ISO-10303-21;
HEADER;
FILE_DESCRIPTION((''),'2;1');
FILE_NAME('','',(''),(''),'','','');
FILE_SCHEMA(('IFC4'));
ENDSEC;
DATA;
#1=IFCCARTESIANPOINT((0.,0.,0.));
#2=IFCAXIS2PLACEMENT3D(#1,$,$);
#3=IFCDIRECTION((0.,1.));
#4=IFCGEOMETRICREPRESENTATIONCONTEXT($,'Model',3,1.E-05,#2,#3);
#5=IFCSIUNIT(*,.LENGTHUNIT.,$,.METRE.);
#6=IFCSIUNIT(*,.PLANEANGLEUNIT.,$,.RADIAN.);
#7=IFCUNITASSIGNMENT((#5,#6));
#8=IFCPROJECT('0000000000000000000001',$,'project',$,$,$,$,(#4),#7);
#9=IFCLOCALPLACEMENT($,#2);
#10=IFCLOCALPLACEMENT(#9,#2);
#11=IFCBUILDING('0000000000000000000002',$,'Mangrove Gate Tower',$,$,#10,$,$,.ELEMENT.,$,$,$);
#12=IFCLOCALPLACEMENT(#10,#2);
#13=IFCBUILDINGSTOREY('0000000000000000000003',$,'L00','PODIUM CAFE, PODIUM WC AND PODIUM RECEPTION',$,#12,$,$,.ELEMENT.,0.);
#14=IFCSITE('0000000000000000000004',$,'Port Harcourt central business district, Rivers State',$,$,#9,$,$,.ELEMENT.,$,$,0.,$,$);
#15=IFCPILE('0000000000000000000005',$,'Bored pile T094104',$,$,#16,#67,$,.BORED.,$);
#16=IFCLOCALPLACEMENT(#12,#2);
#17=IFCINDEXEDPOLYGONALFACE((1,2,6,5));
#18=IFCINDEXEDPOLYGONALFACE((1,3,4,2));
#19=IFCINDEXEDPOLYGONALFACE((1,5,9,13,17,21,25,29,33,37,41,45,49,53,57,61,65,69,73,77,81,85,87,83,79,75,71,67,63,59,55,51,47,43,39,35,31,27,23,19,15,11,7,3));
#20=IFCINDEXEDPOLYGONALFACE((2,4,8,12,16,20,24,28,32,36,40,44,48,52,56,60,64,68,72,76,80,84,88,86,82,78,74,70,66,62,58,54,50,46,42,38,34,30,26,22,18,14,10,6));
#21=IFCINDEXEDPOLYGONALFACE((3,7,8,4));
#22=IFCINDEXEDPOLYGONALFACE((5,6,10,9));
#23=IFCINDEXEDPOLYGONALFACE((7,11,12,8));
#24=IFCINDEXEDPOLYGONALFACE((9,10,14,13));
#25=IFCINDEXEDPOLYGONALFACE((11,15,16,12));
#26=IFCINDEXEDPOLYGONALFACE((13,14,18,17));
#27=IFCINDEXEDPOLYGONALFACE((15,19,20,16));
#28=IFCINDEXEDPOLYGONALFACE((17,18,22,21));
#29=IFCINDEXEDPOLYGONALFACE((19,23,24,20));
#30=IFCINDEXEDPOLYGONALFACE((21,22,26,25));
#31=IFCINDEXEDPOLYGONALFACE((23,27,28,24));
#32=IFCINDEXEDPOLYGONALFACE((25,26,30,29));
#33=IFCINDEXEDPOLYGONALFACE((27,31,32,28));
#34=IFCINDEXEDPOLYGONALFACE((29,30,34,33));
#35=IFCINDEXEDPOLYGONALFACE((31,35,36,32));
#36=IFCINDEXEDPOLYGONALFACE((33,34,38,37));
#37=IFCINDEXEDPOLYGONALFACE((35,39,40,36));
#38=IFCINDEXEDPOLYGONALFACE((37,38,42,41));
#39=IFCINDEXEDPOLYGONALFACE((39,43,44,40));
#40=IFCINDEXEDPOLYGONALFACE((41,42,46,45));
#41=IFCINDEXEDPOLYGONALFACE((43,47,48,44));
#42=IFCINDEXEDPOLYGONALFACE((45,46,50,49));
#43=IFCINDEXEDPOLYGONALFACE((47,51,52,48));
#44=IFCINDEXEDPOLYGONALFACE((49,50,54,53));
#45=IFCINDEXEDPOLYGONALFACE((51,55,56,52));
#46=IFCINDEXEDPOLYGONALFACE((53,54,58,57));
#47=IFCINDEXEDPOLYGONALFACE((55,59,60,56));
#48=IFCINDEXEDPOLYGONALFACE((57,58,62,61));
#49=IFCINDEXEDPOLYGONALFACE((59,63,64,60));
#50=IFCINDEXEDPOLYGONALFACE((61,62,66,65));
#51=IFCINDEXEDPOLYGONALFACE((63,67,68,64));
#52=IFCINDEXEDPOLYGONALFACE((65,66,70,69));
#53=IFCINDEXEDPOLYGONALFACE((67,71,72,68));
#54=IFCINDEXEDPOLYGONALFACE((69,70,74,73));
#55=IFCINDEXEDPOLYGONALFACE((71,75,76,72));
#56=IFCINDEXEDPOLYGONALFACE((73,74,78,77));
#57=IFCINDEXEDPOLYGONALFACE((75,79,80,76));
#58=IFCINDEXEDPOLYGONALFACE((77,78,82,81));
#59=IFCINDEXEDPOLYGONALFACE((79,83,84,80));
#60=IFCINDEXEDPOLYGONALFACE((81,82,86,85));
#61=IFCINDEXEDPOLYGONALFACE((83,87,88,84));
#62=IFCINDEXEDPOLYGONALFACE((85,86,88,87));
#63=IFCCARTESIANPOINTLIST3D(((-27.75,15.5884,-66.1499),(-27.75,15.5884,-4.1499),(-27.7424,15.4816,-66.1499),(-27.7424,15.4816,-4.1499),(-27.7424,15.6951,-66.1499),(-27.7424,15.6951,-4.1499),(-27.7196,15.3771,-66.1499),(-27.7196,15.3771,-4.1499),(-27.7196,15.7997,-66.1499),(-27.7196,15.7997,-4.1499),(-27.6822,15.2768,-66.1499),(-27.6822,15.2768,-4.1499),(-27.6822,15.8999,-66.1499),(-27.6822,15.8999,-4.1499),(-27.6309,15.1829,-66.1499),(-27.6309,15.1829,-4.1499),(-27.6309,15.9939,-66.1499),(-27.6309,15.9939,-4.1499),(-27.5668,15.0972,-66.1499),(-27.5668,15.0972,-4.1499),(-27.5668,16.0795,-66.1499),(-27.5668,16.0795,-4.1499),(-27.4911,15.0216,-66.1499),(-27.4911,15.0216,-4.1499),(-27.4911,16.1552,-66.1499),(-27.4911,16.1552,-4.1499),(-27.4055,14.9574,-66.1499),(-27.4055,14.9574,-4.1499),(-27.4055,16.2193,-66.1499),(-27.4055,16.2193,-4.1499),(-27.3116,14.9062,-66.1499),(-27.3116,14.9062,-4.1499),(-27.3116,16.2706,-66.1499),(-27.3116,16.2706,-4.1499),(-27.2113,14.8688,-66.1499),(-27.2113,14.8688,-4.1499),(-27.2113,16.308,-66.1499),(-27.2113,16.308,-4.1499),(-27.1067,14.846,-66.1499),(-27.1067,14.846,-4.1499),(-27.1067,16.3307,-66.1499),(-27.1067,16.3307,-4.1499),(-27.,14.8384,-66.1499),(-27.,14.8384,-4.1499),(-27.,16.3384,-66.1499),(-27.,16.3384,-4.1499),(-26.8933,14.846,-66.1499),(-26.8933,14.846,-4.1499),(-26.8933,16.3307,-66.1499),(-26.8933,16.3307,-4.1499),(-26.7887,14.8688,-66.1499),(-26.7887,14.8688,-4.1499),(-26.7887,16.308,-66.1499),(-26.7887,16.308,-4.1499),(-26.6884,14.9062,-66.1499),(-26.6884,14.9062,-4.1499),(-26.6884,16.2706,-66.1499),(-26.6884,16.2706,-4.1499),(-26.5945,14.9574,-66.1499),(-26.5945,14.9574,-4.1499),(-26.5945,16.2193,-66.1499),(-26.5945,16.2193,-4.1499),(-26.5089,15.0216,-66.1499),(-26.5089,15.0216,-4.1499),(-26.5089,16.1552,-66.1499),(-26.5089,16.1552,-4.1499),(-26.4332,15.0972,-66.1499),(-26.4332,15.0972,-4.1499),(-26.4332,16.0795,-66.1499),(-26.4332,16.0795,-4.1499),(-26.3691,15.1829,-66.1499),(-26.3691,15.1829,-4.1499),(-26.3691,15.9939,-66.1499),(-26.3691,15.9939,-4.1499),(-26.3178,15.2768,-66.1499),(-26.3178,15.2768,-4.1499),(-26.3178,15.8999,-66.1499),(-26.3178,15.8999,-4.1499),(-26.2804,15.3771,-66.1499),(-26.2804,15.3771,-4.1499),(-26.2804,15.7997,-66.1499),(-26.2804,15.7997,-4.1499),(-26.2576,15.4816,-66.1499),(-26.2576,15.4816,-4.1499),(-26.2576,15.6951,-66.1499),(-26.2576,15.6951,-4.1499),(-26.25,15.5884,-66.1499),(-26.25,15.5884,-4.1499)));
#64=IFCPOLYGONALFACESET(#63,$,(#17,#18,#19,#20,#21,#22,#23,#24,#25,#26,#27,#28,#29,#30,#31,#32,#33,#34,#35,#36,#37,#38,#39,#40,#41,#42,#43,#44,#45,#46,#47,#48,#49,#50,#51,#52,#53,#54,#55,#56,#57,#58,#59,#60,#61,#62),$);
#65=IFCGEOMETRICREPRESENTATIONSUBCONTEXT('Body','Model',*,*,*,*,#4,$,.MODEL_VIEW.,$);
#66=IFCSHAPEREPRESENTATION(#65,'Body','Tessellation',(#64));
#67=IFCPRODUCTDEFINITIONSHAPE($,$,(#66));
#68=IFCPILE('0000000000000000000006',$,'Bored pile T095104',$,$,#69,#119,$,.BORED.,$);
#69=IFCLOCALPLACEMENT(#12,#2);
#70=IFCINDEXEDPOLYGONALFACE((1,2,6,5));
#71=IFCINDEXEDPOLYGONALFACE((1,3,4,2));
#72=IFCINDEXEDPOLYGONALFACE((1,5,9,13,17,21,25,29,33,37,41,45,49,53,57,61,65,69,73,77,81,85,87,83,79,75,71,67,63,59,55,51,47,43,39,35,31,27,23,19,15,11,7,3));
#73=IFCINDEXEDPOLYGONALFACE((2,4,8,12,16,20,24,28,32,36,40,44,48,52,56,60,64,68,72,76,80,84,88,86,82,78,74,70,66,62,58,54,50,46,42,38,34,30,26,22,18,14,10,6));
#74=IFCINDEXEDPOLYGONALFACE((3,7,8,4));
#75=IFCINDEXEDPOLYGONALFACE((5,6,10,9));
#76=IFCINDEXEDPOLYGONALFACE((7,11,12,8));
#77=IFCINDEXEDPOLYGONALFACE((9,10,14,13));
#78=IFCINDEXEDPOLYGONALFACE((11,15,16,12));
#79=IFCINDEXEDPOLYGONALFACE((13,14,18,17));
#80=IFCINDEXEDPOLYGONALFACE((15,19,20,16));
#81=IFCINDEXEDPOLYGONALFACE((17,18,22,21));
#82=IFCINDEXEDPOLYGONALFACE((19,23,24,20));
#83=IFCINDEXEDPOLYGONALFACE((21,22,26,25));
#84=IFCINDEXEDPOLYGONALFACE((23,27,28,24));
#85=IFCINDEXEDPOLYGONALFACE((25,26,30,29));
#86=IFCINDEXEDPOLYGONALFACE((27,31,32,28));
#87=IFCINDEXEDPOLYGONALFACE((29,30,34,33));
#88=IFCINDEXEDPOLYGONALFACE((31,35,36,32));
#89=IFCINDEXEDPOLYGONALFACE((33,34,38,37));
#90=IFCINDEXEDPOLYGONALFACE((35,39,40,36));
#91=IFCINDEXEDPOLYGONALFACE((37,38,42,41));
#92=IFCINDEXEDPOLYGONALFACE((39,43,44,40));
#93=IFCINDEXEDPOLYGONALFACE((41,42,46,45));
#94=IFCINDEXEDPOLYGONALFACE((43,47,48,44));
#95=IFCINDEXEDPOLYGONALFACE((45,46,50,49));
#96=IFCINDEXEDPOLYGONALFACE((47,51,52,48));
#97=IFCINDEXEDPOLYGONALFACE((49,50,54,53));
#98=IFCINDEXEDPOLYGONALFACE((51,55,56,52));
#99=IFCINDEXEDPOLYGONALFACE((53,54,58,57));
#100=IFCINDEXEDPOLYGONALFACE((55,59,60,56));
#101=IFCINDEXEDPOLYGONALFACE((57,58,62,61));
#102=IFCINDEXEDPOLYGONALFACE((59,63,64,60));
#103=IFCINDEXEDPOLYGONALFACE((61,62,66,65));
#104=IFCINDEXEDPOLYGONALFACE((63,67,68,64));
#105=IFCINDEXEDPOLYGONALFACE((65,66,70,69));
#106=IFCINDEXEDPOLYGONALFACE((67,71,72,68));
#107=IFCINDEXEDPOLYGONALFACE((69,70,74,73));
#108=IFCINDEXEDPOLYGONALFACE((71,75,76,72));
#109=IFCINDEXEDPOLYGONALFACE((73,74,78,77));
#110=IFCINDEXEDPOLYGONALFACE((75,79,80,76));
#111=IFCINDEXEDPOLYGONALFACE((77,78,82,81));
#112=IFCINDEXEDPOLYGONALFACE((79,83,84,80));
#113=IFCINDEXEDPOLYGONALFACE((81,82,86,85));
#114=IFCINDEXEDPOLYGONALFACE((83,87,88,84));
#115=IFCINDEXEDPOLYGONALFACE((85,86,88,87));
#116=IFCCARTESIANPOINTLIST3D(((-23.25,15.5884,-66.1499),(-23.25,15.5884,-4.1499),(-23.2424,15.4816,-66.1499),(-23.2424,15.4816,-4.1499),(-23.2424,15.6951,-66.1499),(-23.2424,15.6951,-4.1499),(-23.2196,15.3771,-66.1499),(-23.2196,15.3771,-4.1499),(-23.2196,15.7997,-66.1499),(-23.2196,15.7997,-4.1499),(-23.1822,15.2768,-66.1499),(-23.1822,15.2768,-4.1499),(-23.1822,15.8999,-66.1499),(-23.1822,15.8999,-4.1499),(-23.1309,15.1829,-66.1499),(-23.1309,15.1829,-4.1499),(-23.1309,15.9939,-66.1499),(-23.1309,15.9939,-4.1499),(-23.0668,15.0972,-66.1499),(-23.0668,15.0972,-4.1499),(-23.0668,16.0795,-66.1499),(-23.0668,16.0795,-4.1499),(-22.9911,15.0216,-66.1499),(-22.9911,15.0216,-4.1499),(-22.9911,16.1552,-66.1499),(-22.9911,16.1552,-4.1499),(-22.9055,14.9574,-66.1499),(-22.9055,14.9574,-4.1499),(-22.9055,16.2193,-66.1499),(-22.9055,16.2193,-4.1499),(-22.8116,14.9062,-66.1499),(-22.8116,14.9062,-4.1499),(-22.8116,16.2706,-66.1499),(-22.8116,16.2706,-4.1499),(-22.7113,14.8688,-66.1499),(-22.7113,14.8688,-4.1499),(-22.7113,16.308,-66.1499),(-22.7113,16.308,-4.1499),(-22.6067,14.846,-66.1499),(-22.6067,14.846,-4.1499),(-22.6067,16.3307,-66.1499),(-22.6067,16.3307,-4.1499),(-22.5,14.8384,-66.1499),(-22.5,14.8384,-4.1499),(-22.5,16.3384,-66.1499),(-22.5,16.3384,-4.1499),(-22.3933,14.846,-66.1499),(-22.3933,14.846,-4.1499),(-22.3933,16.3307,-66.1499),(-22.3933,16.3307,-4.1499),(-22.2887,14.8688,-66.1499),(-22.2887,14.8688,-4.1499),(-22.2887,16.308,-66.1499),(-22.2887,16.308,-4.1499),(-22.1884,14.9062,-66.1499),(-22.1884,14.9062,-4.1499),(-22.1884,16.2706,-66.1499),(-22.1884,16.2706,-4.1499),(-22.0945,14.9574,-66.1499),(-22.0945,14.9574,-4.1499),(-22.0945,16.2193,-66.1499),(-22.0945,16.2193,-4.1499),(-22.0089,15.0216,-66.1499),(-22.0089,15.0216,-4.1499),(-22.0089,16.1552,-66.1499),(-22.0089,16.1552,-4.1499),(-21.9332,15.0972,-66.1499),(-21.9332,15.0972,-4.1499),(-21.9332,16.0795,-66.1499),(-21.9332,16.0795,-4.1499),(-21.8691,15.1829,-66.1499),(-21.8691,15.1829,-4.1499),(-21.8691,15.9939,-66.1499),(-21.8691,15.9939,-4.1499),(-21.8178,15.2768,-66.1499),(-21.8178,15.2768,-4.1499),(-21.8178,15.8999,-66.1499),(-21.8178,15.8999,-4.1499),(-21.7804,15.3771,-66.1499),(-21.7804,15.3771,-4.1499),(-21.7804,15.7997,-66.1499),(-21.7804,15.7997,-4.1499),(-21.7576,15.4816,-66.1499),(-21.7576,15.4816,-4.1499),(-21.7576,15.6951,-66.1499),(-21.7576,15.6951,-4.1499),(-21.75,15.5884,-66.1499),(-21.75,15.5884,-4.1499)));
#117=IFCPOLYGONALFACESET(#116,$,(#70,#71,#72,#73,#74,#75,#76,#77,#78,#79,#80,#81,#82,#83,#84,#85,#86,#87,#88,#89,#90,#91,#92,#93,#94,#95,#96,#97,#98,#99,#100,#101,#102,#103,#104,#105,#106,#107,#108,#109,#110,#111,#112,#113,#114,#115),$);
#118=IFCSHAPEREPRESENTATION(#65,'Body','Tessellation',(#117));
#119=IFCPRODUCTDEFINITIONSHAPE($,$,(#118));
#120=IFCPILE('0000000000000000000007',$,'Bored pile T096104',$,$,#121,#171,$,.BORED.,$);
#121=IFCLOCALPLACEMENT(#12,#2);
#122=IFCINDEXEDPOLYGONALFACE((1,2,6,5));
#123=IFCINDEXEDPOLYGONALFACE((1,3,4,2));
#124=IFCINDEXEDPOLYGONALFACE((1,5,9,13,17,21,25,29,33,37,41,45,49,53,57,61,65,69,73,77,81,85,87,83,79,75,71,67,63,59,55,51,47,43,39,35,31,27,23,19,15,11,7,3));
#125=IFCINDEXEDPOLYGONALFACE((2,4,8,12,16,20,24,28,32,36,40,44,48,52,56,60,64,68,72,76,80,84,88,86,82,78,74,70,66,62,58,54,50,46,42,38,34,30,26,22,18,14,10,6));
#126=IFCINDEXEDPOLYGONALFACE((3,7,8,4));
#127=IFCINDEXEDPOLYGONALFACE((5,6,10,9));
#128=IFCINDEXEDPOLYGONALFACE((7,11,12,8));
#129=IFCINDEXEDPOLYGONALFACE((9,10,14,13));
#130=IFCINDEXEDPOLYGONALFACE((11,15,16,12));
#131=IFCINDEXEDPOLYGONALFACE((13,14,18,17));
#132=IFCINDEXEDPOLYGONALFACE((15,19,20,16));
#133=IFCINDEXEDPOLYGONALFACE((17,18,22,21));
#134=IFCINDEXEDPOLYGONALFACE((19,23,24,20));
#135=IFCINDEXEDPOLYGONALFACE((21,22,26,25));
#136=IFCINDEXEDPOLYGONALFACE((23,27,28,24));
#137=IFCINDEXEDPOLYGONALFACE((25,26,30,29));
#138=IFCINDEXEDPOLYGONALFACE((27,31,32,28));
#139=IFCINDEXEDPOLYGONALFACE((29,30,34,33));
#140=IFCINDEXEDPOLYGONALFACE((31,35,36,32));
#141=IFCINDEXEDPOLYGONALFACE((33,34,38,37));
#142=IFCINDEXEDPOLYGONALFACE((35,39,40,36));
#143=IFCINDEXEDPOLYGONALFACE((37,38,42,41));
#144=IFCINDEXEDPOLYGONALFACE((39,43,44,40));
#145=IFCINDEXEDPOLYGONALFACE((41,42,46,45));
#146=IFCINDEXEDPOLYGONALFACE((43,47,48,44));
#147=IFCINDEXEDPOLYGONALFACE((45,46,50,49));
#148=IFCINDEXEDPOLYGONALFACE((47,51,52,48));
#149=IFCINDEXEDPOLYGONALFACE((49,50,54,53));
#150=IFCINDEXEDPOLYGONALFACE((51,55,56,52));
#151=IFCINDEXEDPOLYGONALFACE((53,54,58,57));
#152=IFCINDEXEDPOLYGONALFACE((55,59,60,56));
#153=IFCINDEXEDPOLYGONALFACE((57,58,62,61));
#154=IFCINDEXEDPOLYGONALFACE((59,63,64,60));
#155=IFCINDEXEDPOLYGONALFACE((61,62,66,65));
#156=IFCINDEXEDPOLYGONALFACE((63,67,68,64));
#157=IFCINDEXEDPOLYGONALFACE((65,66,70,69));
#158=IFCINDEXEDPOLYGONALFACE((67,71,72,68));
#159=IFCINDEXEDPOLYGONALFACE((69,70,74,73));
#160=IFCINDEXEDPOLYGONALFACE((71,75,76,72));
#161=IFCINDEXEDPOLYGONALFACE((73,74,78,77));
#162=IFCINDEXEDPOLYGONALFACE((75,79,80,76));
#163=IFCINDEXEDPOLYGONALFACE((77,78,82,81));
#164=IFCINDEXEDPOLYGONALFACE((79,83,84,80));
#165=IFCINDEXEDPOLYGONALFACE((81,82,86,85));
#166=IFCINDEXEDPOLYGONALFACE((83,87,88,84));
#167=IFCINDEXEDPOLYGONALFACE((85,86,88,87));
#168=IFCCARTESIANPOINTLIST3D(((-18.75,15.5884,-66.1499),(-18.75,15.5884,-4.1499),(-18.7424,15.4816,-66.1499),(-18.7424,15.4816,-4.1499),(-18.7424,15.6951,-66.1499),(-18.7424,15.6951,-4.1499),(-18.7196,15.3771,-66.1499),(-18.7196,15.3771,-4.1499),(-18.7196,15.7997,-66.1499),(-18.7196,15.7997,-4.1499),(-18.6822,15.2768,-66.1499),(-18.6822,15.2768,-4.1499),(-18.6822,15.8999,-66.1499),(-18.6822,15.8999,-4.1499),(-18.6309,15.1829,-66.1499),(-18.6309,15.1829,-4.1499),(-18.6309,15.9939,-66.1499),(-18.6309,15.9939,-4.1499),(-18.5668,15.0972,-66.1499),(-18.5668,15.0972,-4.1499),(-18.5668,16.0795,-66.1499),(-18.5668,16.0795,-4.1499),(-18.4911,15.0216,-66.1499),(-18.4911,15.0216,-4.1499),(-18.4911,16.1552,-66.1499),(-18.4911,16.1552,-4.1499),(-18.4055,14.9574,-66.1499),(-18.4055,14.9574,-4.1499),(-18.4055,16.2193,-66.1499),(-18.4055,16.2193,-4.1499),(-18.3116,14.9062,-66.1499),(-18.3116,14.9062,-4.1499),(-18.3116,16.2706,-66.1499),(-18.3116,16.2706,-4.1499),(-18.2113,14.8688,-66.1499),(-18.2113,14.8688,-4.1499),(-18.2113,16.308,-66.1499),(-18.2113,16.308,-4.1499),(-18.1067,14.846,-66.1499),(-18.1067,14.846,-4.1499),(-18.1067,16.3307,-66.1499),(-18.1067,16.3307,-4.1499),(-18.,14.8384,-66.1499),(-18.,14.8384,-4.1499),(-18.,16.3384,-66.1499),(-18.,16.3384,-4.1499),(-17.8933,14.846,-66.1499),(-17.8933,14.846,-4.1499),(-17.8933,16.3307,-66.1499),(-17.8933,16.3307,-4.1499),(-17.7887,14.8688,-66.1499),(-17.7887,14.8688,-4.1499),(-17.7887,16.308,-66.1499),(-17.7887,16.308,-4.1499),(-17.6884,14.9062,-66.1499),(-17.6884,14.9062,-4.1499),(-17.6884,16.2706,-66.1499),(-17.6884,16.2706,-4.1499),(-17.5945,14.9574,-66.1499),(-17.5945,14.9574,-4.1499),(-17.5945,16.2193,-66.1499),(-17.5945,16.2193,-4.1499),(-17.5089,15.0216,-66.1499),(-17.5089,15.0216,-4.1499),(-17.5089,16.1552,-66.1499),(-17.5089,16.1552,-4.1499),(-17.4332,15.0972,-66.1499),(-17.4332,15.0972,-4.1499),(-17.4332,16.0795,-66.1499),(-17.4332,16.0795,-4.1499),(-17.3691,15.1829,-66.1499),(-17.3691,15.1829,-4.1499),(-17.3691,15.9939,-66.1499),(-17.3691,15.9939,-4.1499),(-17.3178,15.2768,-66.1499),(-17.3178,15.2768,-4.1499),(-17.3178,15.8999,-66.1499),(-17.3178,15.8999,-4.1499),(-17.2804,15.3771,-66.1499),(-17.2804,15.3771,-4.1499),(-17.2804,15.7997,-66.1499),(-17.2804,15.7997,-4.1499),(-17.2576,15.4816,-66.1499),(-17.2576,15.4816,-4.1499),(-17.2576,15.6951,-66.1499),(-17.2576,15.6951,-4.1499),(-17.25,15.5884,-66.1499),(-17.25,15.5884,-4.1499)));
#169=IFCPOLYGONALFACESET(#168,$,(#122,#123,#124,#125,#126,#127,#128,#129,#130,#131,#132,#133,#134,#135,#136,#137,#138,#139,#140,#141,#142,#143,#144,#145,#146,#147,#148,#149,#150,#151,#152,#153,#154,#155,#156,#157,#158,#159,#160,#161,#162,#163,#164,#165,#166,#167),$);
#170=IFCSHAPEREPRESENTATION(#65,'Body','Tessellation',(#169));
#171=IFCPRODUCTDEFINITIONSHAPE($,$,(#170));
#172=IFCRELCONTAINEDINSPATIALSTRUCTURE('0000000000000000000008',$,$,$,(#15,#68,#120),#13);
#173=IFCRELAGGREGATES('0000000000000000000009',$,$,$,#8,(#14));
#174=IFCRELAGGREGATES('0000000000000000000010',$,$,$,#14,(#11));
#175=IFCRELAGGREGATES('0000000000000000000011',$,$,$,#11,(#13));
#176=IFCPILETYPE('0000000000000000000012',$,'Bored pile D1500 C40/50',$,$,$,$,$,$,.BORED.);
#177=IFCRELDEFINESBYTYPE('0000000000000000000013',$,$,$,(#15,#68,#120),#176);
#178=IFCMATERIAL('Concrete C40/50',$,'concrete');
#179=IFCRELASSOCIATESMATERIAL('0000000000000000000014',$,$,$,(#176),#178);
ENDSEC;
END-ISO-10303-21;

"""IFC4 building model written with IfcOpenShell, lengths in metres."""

from ifc_helpers import new_model, si_unit, direction, frame, origin, origin_2d, place, context, subcontext, project, spatial, circle, extrude, material, material_profile, profile_set, type_object, element, save


model = new_model("IFC4")

# Units and contexts
model_context = context("Model", 3, precision=1e-05, world=origin(), true_north=direction((0.0, 1.0)))
body_context = subcontext(model_context, "Body", "Model", "MODEL_VIEW")
ifc_project = project(units=[si_unit("LENGTHUNIT", "METRE"), si_unit("PLANEANGLEUNIT", "RADIAN")], contexts=[model_context])

# Site, building, storey
site_placement = place(None, origin())
site = spatial("IfcSite", under=ifc_project, at=site_placement, Name="Port Harcourt central business district, Rivers State", CompositionType="ELEMENT", RefElevation=0.0)
building_placement = place(site_placement, origin())
building = spatial("IfcBuilding", under=site, at=building_placement, Name="Mangrove Gate Tower", CompositionType="ELEMENT")
storey_placement = place(building_placement, origin())
storey = spatial("IfcBuildingStorey", under=building, at=storey_placement, Name="L00", Description="PODIUM CAFE, PODIUM WC AND PODIUM RECEPTION", CompositionType="ELEMENT", Elevation=0.0)

# Piles
ifc_material_1 = material(Name="Concrete C40/50", Category="concrete")
ifc_material_profile = material_profile(ifc_material_1, circle(Radius=0.75, at=origin_2d()))
ifc_profile_set = profile_set([ifc_material_profile], Name="Concrete C40/50")
pile_type = type_object("IfcPileType", Name="Bored pile D1500 C40/50", PredefinedType="BORED", material=ifc_profile_set)
for number, where, z_axis, x_axis, name in (
    (1, (-27.0, 15.5884, -4.1499), (0.0, 0.0, -1.0), (1.0, 0.0, 0.0), "Bored pile T094104"),
    (2, (-22.5, 15.5884, -4.1499), (0.0, 0.0, -1.0), (1.0, 0.0, 0.0), "Bored pile T095104"),
    (3, (-18.0, 15.5884, -4.1499), (0.0, 0.0, -1.0), (1.0, 0.0, 0.0), "Bored pile T096104"),
):
    element("IfcPile", number, at=place(storey_placement, frame(where, z_axis=z_axis, x_axis=x_axis)), inside=storey, type_object=pile_type, Name=name, PredefinedType="BORED", context=body_context, shape_type="SweptSolid", body=[
        extrude(circle(Radius=0.75, at=origin_2d()), origin(), (0.0, 0.0, 1.0), 62.0),
    ])

save(model, "model.ifc")
